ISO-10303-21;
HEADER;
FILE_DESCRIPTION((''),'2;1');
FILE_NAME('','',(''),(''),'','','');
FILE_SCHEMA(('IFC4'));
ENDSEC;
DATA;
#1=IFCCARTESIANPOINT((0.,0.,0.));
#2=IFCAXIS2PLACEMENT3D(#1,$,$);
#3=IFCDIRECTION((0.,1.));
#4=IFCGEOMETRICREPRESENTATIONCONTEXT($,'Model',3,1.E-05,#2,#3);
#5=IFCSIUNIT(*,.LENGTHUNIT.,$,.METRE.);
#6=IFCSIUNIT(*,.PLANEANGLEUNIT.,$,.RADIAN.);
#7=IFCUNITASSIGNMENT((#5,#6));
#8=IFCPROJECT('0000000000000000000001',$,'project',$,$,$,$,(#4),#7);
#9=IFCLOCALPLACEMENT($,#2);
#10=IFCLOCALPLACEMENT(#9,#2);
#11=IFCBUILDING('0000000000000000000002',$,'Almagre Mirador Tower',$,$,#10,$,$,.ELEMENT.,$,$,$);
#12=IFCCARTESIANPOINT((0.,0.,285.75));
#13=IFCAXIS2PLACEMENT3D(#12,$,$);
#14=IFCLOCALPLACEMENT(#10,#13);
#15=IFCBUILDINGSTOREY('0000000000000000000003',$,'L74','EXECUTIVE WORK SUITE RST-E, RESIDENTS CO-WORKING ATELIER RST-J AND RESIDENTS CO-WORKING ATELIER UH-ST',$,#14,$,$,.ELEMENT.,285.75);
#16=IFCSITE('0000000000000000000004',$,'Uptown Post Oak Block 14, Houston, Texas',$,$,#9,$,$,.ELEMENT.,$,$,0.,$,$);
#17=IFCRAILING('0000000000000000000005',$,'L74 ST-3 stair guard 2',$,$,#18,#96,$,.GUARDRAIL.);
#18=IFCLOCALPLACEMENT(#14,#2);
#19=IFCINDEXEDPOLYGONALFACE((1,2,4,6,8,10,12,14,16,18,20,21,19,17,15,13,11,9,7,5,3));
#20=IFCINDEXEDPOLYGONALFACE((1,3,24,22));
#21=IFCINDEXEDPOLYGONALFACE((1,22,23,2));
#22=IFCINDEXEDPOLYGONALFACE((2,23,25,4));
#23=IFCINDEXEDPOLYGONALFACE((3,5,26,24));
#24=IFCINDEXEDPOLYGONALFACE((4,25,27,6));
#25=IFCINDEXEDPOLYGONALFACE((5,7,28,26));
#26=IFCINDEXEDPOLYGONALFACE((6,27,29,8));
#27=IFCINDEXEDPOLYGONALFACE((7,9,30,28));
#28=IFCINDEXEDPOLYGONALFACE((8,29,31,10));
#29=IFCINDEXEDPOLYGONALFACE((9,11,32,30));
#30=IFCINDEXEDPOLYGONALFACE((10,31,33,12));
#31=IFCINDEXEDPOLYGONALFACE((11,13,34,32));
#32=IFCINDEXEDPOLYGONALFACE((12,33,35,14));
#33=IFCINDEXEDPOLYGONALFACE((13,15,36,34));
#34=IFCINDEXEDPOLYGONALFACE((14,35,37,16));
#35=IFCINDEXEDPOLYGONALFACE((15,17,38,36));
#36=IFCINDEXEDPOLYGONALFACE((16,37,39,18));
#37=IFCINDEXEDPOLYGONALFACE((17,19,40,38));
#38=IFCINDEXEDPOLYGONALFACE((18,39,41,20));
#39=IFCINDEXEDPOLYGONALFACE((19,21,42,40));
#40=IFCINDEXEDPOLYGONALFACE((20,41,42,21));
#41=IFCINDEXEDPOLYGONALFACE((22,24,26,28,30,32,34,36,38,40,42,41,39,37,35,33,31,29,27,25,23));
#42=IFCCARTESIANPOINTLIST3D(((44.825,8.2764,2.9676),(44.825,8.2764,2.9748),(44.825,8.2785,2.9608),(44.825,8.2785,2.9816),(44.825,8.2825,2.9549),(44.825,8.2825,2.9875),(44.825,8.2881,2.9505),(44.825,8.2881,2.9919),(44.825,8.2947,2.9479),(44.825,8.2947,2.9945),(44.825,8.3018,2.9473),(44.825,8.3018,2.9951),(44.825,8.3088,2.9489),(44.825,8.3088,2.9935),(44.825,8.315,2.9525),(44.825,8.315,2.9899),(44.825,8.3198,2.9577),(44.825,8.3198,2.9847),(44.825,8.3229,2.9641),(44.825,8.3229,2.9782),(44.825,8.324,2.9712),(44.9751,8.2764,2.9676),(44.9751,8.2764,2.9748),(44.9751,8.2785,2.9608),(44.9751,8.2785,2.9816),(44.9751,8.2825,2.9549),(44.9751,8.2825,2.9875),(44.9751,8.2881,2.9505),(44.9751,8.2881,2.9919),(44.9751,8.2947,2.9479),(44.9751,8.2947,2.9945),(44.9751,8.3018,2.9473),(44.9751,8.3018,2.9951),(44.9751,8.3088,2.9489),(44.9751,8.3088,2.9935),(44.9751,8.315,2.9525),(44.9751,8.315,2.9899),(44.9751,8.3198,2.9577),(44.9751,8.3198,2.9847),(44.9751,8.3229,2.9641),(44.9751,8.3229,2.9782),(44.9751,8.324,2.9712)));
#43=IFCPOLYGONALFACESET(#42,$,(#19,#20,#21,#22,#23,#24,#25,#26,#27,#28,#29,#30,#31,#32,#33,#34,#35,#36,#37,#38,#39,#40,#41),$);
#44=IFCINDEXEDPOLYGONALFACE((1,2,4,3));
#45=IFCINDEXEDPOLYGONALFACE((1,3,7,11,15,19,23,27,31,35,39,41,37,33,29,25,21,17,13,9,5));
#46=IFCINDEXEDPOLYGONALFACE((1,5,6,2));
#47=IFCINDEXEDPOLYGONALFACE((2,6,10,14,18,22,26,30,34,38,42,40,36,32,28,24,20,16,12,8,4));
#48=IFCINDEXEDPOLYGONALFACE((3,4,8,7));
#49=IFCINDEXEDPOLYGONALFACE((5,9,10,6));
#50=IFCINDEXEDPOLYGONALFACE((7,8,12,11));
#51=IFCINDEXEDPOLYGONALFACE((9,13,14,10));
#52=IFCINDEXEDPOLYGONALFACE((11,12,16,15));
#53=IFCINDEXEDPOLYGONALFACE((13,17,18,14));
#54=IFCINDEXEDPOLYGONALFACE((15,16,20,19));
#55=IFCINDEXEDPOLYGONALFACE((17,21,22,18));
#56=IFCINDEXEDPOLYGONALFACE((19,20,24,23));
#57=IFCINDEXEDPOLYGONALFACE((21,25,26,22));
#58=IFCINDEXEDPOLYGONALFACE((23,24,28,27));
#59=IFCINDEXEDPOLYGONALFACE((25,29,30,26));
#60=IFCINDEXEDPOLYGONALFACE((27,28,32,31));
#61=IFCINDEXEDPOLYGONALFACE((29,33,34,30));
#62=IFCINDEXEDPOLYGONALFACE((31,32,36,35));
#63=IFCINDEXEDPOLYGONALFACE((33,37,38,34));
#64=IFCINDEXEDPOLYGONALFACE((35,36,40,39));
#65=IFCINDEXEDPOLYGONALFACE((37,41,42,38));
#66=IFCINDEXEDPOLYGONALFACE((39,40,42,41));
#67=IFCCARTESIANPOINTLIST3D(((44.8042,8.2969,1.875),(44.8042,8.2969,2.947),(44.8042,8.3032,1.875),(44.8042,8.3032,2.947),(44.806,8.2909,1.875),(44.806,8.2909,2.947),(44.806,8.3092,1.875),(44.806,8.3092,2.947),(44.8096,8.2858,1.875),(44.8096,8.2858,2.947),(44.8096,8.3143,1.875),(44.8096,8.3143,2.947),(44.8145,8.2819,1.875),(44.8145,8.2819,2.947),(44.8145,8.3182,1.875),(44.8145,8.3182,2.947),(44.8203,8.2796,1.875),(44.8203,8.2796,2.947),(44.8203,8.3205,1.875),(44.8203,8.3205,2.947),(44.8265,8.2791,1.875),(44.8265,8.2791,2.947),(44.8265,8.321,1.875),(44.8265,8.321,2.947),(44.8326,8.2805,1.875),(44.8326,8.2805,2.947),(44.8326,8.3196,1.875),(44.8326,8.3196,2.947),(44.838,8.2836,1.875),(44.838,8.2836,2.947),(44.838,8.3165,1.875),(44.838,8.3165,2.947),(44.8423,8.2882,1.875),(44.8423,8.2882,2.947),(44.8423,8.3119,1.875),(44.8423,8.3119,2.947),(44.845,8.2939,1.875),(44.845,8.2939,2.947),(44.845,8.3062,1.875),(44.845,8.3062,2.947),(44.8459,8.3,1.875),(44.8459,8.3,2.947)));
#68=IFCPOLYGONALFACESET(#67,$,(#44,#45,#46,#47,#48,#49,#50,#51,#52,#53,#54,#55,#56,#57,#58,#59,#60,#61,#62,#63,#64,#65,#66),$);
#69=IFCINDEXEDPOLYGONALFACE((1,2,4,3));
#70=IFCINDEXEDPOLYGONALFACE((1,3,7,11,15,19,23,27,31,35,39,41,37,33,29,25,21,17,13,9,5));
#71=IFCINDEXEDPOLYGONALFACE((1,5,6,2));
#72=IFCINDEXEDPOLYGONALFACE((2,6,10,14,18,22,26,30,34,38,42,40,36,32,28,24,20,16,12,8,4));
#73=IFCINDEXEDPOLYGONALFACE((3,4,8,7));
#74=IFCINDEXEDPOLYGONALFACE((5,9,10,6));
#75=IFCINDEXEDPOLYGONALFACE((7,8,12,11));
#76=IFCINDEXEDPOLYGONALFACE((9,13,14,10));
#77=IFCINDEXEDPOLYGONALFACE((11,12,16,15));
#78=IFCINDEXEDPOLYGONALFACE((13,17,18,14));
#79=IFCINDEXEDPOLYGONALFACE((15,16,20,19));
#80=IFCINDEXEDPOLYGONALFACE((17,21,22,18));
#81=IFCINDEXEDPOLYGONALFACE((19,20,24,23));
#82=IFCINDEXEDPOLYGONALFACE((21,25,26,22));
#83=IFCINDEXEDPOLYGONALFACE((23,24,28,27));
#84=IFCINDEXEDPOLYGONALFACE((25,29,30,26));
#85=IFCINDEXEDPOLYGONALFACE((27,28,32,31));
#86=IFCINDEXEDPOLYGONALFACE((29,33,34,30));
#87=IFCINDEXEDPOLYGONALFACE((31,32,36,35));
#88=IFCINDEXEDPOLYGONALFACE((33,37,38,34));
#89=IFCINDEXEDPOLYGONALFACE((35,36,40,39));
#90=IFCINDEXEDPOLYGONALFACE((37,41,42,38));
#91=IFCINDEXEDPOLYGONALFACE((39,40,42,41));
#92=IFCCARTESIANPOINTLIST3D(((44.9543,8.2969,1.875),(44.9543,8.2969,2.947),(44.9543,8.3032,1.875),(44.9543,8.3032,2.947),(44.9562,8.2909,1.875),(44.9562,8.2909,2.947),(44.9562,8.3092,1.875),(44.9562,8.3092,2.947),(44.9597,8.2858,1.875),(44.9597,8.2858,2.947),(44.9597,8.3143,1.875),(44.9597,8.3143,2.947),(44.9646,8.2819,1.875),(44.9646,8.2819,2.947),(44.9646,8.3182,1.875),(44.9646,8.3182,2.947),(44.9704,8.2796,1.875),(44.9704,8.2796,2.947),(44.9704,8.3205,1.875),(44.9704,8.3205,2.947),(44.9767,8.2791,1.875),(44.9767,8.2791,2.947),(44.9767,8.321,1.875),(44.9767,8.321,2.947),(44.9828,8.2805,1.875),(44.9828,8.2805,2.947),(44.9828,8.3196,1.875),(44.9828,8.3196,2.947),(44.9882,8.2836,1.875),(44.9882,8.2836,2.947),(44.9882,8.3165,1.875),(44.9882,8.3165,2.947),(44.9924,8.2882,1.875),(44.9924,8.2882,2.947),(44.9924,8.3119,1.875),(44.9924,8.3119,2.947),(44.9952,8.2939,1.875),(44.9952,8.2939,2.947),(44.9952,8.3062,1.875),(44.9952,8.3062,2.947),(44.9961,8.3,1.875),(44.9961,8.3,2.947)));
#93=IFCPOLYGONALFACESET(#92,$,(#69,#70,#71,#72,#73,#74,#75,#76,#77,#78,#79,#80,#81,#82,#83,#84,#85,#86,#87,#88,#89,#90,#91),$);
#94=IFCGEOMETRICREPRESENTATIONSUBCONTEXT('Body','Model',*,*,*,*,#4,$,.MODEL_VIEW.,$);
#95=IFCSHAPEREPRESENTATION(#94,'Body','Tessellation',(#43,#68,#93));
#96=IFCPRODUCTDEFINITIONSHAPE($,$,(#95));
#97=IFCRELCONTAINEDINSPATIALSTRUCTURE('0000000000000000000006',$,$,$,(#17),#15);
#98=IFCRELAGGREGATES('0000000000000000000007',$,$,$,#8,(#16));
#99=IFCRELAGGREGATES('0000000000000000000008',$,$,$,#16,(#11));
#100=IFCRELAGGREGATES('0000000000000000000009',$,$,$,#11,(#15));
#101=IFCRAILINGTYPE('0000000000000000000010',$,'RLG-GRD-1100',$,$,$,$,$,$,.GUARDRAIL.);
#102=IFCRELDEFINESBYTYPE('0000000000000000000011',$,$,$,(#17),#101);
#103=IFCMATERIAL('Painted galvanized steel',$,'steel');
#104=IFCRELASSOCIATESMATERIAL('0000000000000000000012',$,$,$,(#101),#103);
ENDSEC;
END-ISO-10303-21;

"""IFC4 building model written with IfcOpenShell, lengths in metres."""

from ifc_helpers import new_model, si_unit, direction, frame, origin, origin_2d, place, context, subcontext, project, spatial, circle, extrude, material, type_object, element, save


model = new_model("IFC4")

# Units and contexts
model_context = context("Model", 3, precision=1e-05, world=origin(), true_north=direction((0.0, 1.0)))
body_context = subcontext(model_context, "Body", "Model", "MODEL_VIEW")
ifc_project = project(units=[si_unit("LENGTHUNIT", "METRE"), si_unit("PLANEANGLEUNIT", "RADIAN")], contexts=[model_context])

# Site, building, storey
site_placement = place(None, origin())
site = spatial("IfcSite", under=ifc_project, at=site_placement, Name="Uptown Post Oak Block 14, Houston, Texas", CompositionType="ELEMENT", RefElevation=0.0)
building_placement = place(site_placement, origin())
building = spatial("IfcBuilding", under=site, at=building_placement, Name="Almagre Mirador Tower", CompositionType="ELEMENT")
storey_placement = place(building_placement, frame((0.0, 0.0, 285.75)))
storey = spatial("IfcBuildingStorey", under=building, at=storey_placement, Name="L74", Description="EXECUTIVE WORK SUITE RST-E, RESIDENTS CO-WORKING ATELIER RST-J AND RESIDENTS CO-WORKING ATELIER UH-ST", CompositionType="ELEMENT", Elevation=285.75)

# Railing
ifc_material_1 = material(Name="Painted galvanized steel", Category="steel")
railing_type_1 = type_object("IfcRailingType", Name="RLG-GRD-1100", PredefinedType="GUARDRAIL", material=ifc_material_1)
railing_1_placement = place(storey_placement, frame((44.825, 8.3, 1.875)))
element("IfcRailing", 1, at=railing_1_placement, inside=storey, type_object=railing_type_1, Name="L74 ST-3 stair guard 2", PredefinedType="GUARDRAIL", context=body_context, shape_type="SweptSolid", body=[
    extrude(circle(Radius=0.0239, at=origin_2d()), frame((0.0, 0.0, 1.0962), z_axis=(1.0, 0.0, 0.0), x_axis=(0.0, 1.0, 0.0)), (0.0, 0.0, 1.0), 0.1501),
    extrude(circle(Radius=0.021, at=origin_2d()), origin(), (0.0, 0.0, 1.0), 1.072),
    extrude(circle(Radius=0.021, at=origin_2d()), frame((0.1501, 0.0, 0.0)), (0.0, 0.0, 1.0), 1.072),
])

save(model, "model.ifc")
